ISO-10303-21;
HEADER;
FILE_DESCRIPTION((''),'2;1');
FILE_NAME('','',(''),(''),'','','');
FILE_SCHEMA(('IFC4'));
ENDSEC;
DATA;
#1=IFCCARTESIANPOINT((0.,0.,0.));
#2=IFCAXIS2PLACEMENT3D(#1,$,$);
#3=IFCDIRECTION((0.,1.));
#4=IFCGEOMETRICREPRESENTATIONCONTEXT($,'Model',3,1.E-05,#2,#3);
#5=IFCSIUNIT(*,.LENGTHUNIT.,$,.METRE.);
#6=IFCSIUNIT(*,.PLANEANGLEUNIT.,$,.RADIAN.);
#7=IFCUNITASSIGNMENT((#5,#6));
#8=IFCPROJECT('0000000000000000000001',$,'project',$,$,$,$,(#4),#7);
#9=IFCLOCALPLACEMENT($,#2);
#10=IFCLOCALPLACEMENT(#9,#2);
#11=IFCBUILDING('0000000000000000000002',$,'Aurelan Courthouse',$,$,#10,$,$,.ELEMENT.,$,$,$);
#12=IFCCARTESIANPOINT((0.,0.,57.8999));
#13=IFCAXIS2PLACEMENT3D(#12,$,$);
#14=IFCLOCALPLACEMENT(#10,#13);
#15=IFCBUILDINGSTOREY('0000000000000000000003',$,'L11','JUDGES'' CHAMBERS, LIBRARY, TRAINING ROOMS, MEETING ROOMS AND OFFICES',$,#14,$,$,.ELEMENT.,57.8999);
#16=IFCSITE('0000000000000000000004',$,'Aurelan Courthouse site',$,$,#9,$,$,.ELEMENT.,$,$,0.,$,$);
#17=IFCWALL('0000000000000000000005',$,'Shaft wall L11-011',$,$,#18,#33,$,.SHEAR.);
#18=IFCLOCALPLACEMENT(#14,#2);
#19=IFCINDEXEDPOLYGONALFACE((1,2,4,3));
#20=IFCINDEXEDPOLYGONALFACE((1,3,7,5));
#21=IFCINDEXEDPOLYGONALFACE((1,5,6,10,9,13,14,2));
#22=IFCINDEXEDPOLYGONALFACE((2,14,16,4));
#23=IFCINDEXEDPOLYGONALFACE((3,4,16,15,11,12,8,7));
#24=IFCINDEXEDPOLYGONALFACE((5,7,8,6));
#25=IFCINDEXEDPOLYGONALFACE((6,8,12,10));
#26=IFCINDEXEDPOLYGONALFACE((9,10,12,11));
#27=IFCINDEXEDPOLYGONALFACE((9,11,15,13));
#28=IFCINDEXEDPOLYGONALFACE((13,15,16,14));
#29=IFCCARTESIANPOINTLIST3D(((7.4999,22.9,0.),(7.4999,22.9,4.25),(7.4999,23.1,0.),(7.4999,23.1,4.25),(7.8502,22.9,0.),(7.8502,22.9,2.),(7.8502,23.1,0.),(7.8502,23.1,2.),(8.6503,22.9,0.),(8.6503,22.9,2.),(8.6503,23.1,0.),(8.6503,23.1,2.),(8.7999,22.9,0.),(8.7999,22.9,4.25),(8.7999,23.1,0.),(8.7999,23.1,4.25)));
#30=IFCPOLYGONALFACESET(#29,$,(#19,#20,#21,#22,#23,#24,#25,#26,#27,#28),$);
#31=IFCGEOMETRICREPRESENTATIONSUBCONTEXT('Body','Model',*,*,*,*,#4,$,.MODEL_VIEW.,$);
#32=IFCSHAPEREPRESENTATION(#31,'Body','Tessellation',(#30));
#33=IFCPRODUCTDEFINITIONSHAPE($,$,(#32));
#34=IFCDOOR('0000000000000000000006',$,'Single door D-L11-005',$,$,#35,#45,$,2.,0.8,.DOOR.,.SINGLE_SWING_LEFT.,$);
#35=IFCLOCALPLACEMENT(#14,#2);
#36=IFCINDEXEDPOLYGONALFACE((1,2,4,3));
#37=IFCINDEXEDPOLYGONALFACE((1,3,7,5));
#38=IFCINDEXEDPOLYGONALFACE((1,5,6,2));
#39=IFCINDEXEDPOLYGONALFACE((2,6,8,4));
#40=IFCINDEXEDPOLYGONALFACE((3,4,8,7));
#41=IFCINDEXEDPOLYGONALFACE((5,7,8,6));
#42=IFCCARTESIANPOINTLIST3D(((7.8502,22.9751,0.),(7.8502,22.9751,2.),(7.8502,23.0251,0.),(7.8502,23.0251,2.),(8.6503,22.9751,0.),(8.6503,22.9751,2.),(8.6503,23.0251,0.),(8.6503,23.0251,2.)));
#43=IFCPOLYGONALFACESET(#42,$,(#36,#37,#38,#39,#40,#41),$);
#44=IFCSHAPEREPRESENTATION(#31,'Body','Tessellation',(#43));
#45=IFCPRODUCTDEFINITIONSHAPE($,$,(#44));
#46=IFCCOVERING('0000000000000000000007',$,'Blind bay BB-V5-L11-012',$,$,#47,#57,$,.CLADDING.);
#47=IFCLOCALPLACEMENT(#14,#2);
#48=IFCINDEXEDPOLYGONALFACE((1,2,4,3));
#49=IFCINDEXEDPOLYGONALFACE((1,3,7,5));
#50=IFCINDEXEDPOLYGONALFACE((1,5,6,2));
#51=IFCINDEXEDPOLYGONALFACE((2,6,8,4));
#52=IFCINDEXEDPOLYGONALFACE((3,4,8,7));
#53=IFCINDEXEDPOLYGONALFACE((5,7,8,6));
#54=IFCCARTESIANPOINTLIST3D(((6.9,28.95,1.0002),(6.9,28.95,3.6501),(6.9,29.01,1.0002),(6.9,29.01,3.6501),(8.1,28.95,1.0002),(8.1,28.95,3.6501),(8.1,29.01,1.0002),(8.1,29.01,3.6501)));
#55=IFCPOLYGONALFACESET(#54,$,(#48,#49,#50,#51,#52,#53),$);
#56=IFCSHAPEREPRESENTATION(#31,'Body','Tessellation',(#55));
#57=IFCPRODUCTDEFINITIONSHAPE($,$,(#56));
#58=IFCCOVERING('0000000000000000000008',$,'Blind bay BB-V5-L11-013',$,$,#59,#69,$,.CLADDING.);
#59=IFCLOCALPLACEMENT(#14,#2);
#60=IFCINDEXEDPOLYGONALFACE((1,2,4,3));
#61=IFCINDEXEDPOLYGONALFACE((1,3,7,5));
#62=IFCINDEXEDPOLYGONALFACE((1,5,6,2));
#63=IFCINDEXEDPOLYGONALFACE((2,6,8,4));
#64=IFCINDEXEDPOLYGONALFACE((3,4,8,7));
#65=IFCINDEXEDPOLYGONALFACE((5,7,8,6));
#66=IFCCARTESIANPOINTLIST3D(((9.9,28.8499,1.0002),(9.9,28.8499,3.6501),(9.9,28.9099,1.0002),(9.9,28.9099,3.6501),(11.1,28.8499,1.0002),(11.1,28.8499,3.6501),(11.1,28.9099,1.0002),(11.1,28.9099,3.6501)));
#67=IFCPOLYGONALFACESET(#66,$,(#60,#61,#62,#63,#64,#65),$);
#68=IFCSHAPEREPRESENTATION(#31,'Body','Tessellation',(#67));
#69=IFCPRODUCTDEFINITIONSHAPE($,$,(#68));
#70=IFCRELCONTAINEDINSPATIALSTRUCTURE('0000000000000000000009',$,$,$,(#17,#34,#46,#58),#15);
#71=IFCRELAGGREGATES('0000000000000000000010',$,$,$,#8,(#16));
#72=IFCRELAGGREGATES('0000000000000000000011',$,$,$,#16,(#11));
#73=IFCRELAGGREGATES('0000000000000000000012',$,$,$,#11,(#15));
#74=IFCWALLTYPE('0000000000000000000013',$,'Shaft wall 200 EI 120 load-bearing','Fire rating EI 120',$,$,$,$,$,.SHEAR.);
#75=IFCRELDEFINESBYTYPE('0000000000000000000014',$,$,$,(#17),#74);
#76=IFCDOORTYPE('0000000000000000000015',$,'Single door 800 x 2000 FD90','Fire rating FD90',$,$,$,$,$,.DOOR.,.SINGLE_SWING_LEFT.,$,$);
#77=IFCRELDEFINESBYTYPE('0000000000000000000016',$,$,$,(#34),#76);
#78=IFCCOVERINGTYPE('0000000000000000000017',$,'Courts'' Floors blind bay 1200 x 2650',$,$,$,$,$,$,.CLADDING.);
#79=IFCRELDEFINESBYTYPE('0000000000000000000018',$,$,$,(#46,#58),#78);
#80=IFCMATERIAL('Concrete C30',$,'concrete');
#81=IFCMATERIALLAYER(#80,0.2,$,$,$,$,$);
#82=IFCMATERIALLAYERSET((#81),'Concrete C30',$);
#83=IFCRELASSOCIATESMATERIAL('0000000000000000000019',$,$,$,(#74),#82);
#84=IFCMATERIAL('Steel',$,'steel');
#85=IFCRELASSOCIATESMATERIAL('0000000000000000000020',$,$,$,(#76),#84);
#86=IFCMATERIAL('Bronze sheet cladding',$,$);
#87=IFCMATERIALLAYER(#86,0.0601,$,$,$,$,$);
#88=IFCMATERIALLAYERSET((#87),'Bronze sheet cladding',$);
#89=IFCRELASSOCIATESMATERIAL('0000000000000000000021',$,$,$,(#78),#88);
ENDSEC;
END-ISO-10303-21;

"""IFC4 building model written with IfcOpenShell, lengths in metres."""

from ifc_helpers import new_model, si_unit, direction, frame, frame_2d, origin, origin_2d, place, context, subcontext, project, spatial, rectangle, extrude, material, layer, layer_set, type_object, element, fill, save


model = new_model("IFC4")

# Units and contexts
model_context = context("Model", 3, precision=1e-05, world=origin(), true_north=direction((0.0, 1.0)))
body_context = subcontext(model_context, "Body", "Model", "MODEL_VIEW")
ifc_project = project(units=[si_unit("LENGTHUNIT", "METRE"), si_unit("PLANEANGLEUNIT", "RADIAN")], contexts=[model_context])

# Site, building, storey
site_placement = place(None, origin())
site = spatial("IfcSite", under=ifc_project, at=site_placement, Name="Aurelan Courthouse site", CompositionType="ELEMENT", RefElevation=0.0)
building_placement = place(site_placement, origin())
building = spatial("IfcBuilding", under=site, at=building_placement, Name="Aurelan Courthouse", CompositionType="ELEMENT")
storey_placement = place(building_placement, frame((0.0, 0.0, 57.8999)))
storey = spatial("IfcBuildingStorey", under=building, at=storey_placement, Name="L11", Description="JUDGES' CHAMBERS, LIBRARY, TRAINING ROOMS, MEETING ROOMS AND OFFICES", CompositionType="ELEMENT", Elevation=57.8999)

# Shared definitions
ifc_material_1 = material(Name="Steel", Category="steel")

# Shared definitions
ifc_material_2 = material(Name="Concrete C30", Category="concrete")

# Wall, opening, door
ifc_layer_1 = layer(ifc_material_2, 0.2)
ifc_layer_set_1 = layer_set([ifc_layer_1], Name="Concrete C30")
wall_type_1 = type_object("IfcWallType", Name="Shaft wall 200 EI 120 load-bearing", Description="Fire rating EI 120", PredefinedType="SHEAR", material=ifc_layer_set_1)
wall_1_placement = place(storey_placement, frame((7.5, 23.0, 0.0), z_axis=(0.0, 0.0, 1.0), x_axis=(1.0, 0.0, 0.0)))
wall_1 = element("IfcWall", 1, at=wall_1_placement, inside=storey, type_object=wall_type_1, Name="Shaft wall L11-011", PredefinedType="SHEAR", context=body_context, shape_type="SweptSolid", body=[
    extrude(rectangle(XDim=1.3, YDim=0.2, at=frame_2d((0.6499, 0.0))), origin(), (0.0, 0.0, 1.0), 4.25),
])
opening_1_placement = place(wall_1_placement, frame((1.1501, 0.0, 0.0), z_axis=(0.0, 0.0, 1.0), x_axis=(-1.0, 0.0, 0.0)))
opening_1 = element("IfcOpeningElement", 2, at=opening_1_placement, cuts=wall_1, PredefinedType="OPENING", context=body_context, shape_type="SweptSolid", body=[
    extrude(rectangle(XDim=0.8, YDim=2.0, at=frame_2d((0.3999, 1.0))), frame((0.0, 0.1099, 0.0), z_axis=(0.0, -1.0, 0.0), x_axis=(1.0, 0.0, 0.0)), (0.0, 0.0, 1.0), 0.22),
])
door_type_1 = type_object("IfcDoorType", Name="Single door 800 x 2000 FD90", Description="Fire rating FD90", OperationType="SINGLE_SWING_LEFT", PredefinedType="DOOR", material=ifc_material_1)
door_1_placement = place(opening_1_placement, origin())
door_1 = element("IfcDoor", 3, at=door_1_placement, inside=storey, type_object=door_type_1, Name="Single door D-L11-005", OperationType="SINGLE_SWING_LEFT", OverallHeight=2.0, OverallWidth=0.8, PredefinedType="DOOR", context=body_context, shape_type="SweptSolid", body=[
    extrude(rectangle(XDim=0.8, YDim=2.0, at=frame_2d((0.3999, 1.0))), frame((0.0, 0.0249, 0.0), z_axis=(0.0, -1.0, 0.0), x_axis=(1.0, 0.0, 0.0)), (0.0, 0.0, 1.0), 0.05),
])
fill(opening_1, door_1)

# Coverings
ifc_material_3 = material(Name="Bronze sheet cladding")
ifc_layer_2 = layer(ifc_material_3, 0.0601)
ifc_layer_set_2 = layer_set([ifc_layer_2], Name="Bronze sheet cladding")
covering_type = type_object("IfcCoveringType", Name="Courts' Floors blind bay 1200 x 2650", PredefinedType="CLADDING", material=ifc_layer_set_2)
for number, where, z_axis, x_axis, name in (
    (4, (7.5, 28.98, 1.0002), (0.0, 0.0, 1.0), (1.0, 0.0, 0.0), "Blind bay BB-V5-L11-012"),
    (5, (10.5, 28.8799, 1.0002), (0.0, 0.0, 1.0), (1.0, 0.0, 0.0), "Blind bay BB-V5-L11-013"),
):
    element("IfcCovering", number, at=place(storey_placement, frame(where, z_axis=z_axis, x_axis=x_axis)), inside=storey, type_object=covering_type, Name=name, PredefinedType="CLADDING", context=body_context, shape_type="SweptSolid", body=[
        extrude(rectangle(XDim=1.2, YDim=0.0601, at=origin_2d()), origin(), (0.0, 0.0, 1.0), 2.6499),
    ])

save(model, "model.ifc")
